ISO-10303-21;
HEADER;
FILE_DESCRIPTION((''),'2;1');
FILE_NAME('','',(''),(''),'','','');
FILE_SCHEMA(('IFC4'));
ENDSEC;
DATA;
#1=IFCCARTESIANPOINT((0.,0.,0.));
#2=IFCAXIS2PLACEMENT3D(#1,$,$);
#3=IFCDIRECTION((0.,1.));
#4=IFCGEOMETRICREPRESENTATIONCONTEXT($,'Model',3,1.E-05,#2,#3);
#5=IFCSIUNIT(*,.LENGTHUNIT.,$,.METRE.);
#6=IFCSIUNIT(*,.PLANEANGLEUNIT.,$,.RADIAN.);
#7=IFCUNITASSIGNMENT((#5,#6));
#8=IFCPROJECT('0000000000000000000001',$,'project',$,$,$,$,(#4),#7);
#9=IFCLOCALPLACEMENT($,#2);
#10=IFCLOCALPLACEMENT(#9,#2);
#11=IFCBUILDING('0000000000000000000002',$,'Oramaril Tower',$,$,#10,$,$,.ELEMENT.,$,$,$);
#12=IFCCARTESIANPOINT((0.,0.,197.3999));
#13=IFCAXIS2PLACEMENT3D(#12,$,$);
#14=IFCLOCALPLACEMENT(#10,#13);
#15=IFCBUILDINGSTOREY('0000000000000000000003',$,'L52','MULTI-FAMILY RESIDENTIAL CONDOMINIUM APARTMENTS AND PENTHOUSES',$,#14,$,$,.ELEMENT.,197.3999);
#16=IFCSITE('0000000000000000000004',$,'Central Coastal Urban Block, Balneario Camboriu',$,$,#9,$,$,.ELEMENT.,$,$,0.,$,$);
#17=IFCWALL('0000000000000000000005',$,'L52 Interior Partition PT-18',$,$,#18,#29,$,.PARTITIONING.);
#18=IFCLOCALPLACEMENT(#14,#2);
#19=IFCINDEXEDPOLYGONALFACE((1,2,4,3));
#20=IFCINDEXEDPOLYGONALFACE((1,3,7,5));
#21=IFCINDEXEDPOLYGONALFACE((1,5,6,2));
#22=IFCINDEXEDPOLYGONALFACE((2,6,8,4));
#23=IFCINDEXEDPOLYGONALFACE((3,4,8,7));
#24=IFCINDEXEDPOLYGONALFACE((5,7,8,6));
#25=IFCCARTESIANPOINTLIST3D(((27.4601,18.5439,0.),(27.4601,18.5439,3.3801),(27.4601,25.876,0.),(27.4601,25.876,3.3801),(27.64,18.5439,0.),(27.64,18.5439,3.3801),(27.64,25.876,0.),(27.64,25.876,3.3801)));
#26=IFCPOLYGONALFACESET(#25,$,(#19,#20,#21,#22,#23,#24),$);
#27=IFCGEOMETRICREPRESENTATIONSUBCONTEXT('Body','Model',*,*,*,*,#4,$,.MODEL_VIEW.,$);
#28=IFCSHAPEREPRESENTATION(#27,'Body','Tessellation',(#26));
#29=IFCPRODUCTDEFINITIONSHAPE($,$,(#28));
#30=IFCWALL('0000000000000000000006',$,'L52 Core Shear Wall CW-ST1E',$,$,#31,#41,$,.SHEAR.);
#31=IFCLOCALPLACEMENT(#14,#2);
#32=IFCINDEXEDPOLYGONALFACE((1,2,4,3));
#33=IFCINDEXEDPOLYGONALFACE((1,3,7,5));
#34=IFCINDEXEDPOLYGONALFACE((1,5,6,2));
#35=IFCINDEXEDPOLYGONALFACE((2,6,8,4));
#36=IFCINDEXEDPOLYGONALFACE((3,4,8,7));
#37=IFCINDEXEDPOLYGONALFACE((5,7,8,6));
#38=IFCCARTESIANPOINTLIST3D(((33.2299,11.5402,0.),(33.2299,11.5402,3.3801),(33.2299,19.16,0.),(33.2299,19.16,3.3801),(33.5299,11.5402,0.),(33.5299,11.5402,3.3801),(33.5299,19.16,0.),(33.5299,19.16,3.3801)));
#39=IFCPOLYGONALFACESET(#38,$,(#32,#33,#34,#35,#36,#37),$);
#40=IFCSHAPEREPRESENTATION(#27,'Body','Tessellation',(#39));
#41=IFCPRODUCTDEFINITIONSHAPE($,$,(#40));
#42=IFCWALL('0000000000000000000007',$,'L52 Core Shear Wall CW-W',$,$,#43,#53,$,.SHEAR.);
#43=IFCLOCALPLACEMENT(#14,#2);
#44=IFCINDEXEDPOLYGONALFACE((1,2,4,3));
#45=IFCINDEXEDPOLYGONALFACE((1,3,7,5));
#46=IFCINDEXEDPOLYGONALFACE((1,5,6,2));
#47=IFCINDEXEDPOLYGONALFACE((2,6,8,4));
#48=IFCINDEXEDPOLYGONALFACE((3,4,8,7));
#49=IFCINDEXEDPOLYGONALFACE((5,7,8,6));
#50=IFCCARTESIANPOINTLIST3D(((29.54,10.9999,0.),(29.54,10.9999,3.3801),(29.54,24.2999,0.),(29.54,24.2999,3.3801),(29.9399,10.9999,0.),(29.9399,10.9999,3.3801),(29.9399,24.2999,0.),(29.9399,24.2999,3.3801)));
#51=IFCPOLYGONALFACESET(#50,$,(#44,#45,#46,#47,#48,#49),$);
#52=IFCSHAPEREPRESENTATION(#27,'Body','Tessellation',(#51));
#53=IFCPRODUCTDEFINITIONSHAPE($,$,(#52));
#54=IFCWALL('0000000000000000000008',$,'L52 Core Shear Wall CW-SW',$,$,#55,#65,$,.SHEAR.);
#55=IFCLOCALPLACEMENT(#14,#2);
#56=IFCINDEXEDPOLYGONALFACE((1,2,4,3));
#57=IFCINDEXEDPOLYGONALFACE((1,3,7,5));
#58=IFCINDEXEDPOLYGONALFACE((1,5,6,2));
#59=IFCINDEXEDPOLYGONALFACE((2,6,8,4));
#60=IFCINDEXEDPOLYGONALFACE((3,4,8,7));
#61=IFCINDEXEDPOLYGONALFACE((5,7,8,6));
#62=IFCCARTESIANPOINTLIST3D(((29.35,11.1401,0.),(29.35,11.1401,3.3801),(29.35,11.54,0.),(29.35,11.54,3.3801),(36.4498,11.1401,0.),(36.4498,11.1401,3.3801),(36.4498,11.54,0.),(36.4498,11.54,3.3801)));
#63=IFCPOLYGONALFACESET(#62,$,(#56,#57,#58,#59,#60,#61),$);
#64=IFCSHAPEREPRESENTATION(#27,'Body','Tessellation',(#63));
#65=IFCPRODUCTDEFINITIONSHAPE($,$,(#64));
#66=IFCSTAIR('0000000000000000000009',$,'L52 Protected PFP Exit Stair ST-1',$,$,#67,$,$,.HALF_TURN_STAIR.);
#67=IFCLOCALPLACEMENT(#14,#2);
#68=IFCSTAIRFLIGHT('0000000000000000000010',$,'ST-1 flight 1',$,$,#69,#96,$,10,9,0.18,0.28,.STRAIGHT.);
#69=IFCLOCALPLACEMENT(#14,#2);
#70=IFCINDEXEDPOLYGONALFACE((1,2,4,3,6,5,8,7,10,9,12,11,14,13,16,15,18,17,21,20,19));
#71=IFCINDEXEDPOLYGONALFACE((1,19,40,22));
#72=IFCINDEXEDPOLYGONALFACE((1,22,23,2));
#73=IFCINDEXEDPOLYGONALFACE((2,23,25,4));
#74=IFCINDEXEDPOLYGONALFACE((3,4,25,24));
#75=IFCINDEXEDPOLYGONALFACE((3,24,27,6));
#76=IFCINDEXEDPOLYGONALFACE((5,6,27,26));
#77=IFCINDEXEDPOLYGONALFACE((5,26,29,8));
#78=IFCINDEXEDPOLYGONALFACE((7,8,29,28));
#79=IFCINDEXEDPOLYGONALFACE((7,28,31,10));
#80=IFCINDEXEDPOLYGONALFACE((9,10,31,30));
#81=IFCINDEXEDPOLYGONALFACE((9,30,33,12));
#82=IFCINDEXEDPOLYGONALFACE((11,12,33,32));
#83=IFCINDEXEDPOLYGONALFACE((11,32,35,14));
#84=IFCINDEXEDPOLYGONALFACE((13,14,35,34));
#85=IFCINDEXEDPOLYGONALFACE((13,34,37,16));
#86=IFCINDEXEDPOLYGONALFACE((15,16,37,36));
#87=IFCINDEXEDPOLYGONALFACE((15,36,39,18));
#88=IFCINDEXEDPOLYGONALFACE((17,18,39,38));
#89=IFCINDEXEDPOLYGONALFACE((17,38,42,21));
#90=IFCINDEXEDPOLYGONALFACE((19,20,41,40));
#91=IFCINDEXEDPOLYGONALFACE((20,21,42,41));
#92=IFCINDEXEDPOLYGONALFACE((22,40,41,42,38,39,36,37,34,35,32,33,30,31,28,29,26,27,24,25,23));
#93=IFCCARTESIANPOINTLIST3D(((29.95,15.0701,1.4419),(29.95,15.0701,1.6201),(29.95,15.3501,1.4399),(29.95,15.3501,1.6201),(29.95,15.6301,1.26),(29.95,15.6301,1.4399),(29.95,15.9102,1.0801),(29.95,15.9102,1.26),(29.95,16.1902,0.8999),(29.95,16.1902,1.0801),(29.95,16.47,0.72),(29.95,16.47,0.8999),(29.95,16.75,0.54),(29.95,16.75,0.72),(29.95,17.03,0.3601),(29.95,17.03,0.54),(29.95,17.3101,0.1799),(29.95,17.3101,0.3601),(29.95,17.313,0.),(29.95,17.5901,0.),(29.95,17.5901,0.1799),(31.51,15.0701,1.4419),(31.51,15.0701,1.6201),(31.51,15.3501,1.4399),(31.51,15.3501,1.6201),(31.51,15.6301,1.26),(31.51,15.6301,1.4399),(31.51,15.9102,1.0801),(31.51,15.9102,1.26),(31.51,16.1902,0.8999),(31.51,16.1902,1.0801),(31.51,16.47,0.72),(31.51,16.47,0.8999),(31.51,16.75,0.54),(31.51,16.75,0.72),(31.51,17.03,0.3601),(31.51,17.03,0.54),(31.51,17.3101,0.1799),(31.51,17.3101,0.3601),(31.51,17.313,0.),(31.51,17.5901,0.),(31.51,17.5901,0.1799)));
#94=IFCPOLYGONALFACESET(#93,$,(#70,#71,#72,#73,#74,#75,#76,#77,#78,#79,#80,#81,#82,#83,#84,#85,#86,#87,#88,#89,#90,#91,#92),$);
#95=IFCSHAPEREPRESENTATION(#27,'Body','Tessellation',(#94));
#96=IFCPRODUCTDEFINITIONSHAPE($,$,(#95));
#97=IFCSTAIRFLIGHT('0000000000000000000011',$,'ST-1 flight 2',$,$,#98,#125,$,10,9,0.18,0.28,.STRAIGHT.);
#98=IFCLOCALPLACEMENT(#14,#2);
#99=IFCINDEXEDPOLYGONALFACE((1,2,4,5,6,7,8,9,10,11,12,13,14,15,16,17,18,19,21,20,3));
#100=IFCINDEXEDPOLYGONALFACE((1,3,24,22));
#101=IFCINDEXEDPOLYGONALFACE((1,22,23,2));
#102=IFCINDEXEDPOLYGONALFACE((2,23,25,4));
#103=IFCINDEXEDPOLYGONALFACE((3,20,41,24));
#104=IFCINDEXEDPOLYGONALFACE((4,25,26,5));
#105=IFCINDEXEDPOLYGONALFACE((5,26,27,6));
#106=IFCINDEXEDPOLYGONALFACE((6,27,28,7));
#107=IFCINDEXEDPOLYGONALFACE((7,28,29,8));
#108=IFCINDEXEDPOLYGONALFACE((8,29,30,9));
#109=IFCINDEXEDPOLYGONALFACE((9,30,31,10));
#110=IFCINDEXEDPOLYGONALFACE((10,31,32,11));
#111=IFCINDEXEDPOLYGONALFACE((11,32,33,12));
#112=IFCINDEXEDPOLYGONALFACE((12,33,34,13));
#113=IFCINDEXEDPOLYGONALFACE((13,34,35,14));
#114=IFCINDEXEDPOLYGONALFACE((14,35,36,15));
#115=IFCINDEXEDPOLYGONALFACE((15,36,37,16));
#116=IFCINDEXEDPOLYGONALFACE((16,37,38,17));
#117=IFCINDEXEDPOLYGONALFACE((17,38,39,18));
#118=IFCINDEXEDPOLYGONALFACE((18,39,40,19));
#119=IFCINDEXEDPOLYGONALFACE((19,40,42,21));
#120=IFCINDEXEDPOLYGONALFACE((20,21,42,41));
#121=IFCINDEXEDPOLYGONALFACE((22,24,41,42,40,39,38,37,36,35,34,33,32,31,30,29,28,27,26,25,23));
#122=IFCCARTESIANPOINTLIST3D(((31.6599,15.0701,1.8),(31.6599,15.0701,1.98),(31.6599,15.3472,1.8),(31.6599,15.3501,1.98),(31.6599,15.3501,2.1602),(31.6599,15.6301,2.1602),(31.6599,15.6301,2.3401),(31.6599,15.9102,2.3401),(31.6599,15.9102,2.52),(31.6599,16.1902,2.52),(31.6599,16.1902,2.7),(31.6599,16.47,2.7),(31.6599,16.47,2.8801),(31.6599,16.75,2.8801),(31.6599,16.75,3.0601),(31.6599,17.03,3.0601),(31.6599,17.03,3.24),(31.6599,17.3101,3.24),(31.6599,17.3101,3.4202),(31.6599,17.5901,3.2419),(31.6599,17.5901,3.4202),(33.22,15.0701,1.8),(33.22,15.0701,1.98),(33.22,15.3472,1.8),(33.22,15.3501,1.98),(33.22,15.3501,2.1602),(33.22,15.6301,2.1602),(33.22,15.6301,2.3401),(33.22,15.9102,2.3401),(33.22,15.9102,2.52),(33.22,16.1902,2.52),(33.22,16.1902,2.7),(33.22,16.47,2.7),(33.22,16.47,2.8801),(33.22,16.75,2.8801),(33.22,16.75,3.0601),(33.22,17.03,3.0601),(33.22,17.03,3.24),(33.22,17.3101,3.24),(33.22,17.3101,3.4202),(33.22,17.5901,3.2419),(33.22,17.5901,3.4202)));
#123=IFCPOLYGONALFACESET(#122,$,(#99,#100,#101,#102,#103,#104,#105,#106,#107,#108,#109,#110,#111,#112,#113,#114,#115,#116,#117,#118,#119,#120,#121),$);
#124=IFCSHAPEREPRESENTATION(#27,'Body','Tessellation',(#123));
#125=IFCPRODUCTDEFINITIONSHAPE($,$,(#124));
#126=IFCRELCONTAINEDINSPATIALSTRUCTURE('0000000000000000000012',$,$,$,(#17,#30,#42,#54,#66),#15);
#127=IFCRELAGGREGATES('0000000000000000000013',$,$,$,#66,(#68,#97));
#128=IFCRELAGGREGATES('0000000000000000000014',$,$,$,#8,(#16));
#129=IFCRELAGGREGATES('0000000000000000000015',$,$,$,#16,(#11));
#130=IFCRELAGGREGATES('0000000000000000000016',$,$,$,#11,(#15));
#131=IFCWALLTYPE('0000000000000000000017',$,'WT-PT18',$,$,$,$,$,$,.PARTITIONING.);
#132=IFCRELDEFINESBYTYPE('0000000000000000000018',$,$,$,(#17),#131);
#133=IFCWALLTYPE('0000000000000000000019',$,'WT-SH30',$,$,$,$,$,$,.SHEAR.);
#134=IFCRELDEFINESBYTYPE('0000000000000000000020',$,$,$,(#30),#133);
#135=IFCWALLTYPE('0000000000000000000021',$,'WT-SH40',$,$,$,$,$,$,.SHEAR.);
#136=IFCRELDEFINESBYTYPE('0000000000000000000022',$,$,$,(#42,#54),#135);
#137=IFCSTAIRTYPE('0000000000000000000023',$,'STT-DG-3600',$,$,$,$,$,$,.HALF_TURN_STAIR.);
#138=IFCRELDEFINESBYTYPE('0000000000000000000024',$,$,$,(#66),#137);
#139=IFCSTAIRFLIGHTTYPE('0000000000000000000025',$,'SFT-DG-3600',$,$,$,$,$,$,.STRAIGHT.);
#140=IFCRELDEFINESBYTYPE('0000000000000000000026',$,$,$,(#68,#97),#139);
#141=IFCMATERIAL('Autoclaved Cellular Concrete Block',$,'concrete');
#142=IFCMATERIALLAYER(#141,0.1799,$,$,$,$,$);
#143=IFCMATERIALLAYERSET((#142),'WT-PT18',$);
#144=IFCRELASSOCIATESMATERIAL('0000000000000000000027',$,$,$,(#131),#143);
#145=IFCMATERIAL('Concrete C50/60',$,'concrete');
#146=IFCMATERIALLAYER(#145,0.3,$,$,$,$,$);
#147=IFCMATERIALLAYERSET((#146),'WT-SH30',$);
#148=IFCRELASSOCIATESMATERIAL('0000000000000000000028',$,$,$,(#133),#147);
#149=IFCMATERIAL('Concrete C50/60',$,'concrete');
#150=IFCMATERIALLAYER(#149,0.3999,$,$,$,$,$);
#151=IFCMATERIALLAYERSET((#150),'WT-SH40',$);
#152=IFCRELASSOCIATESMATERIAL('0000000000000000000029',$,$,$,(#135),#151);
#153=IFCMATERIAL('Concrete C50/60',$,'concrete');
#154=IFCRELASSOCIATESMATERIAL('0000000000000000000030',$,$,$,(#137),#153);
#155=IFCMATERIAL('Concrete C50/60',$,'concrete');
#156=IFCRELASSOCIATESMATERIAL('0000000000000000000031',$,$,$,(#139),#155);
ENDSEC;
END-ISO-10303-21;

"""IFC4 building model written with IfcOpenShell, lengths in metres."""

from ifc_helpers import new_model, si_unit, direction, frame, frame_2d, origin, place, context, subcontext, project, spatial, polyline, rectangle, outline, extrude, material, layer, layer_set, type_object, element, aggregate, save


model = new_model("IFC4")

# Units and contexts
model_context = context("Model", 3, precision=1e-05, world=origin(), true_north=direction((0.0, 1.0)))
body_context = subcontext(model_context, "Body", "Model", "MODEL_VIEW")
ifc_project = project(units=[si_unit("LENGTHUNIT", "METRE"), si_unit("PLANEANGLEUNIT", "RADIAN")], contexts=[model_context])

# Site, building, storey
site_placement = place(None, origin())
site = spatial("IfcSite", under=ifc_project, at=site_placement, Name="Central Coastal Urban Block, Balneario Camboriu", CompositionType="ELEMENT", RefElevation=0.0)
building_placement = place(site_placement, origin())
building = spatial("IfcBuilding", under=site, at=building_placement, Name="Oramaril Tower", CompositionType="ELEMENT")
storey_placement = place(building_placement, frame((0.0, 0.0, 197.3999)))
storey = spatial("IfcBuildingStorey", under=building, at=storey_placement, Name="L52", Description="MULTI-FAMILY RESIDENTIAL CONDOMINIUM APARTMENTS AND PENTHOUSES", CompositionType="ELEMENT", Elevation=197.3999)

# Shared definitions
ifc_material_1 = material(Name="Autoclaved Cellular Concrete Block", Category="concrete")
ifc_layer_1 = layer(ifc_material_1, 0.1799)
ifc_layer_set_1 = layer_set([ifc_layer_1], Name="WT-PT18")
wall_type_1 = type_object("IfcWallType", Name="WT-PT18", PredefinedType="PARTITIONING", material=ifc_layer_set_1)

# Wall
wall_1_placement = place(storey_placement, frame((27.55, 18.5439, 0.0), z_axis=(0.0, 0.0, 1.0), x_axis=(0.0, 1.0, 0.0)))
element("IfcWall", 1, at=wall_1_placement, inside=storey, type_object=wall_type_1, Name="L52 Interior Partition PT-18", PredefinedType="PARTITIONING", context=body_context, shape_type="SweptSolid", body=[
    extrude(rectangle(XDim=7.332, YDim=0.1799, at=frame_2d((3.666, 0.0))), origin(), (0.0, 0.0, 1.0), 3.3801),
])

# Shared definitions
ifc_material_2 = material(Name="Concrete C50/60", Category="concrete")
ifc_layer_2 = layer(ifc_material_2, 0.3)
ifc_layer_set_2 = layer_set([ifc_layer_2], Name="WT-SH30")
wall_type_2 = type_object("IfcWallType", Name="WT-SH30", PredefinedType="SHEAR", material=ifc_layer_set_2)

# Walls
wall_2_placement = place(storey_placement, frame((33.3799, 11.54, 0.0), z_axis=(0.0, 0.0, 1.0), x_axis=(0.0, 1.0, 0.0)))
element("IfcWall", 2, at=wall_2_placement, inside=storey, type_object=wall_type_2, Name="L52 Core Shear Wall CW-ST1E", PredefinedType="SHEAR", context=body_context, shape_type="SweptSolid", body=[
    extrude(rectangle(XDim=7.6199, YDim=0.3, at=frame_2d((3.8101, 0.0))), origin(), (0.0, 0.0, 1.0), 3.3801),
])
ifc_material_3 = material(Name="Concrete C50/60", Category="concrete")
ifc_layer_3 = layer(ifc_material_3, 0.3999)
ifc_layer_set_3 = layer_set([ifc_layer_3], Name="WT-SH40")
wall_type_3 = type_object("IfcWallType", Name="WT-SH40", PredefinedType="SHEAR", material=ifc_layer_set_3)
wall_3_placement = place(storey_placement, frame((29.74, 11.0, 0.0), z_axis=(0.0, 0.0, 1.0), x_axis=(0.0, 1.0, 0.0)))
element("IfcWall", 3, at=wall_3_placement, inside=storey, type_object=wall_type_3, Name="L52 Core Shear Wall CW-W", PredefinedType="SHEAR", context=body_context, shape_type="SweptSolid", body=[
    extrude(rectangle(XDim=13.3, YDim=0.3999, at=frame_2d((6.6499, 0.0))), origin(), (0.0, 0.0, 1.0), 3.3801),
])
wall_4_placement = place(storey_placement, frame((29.3501, 11.3401, 0.0), z_axis=(0.0, 0.0, 1.0), x_axis=(1.0, 0.0, 0.0)))
element("IfcWall", 4, at=wall_4_placement, inside=storey, type_object=wall_type_3, Name="L52 Core Shear Wall CW-SW", PredefinedType="SHEAR", context=body_context, shape_type="SweptSolid", body=[
    extrude(rectangle(XDim=7.0999, YDim=0.3999, at=frame_2d((3.5498, 0.0))), origin(), (0.0, 0.0, 1.0), 3.3801),
])

# Stair, stair flights
ifc_material_4 = material(Name="Concrete C50/60", Category="concrete")
stair_type = type_object("IfcStairType", Name="STT-DG-3600", PredefinedType="HALF_TURN_STAIR", material=ifc_material_4)
stair_placement = place(storey_placement, origin())
stair = element("IfcStair", 5, at=stair_placement, inside=storey, type_object=stair_type, Name="L52 Protected PFP Exit Stair ST-1", PredefinedType="HALF_TURN_STAIR")
ifc_material_5 = material(Name="Concrete C50/60", Category="concrete")
stair_flight_type = type_object("IfcStairFlightType", Name="SFT-DG-3600", PredefinedType="STRAIGHT", material=ifc_material_5)
stair_flight_1_placement = place(storey_placement, frame((30.73, 17.5901, 0.0), z_axis=(0.0, 0.0, 1.0), x_axis=(0.0, -1.0, 0.0)))
stair_flight_1 = element("IfcStairFlight", 6, at=stair_flight_1_placement, type_object=stair_flight_type, Name="ST-1 flight 1", NumberOfRisers=10, NumberOfTreads=9, PredefinedType="STRAIGHT", RiserHeight=0.18, TreadLength=0.28, context=body_context, shape_type="SweptSolid", body=[
    extrude(outline(polyline([(0.0, 0.0), (0.0, 0.1799), (0.28, 0.1799), (0.28, 0.3601), (0.5601, 0.3601), (0.5601, 0.54), (0.8401, 0.54), (0.8401, 0.72), (1.1201, 0.72), (1.1201, 0.8999), (1.3999, 0.8999), (1.3999, 1.0801), (1.6799, 1.0801), (1.6799, 1.26), (1.96, 1.26), (1.96, 1.4399), (2.24, 1.4399), (2.24, 1.6201), (2.52, 1.6201), (2.52, 1.8), (2.52, 1.4419), (0.2771, 0.0), (0.0, 0.0)])), frame((0.0, 0.78, 0.0), z_axis=(0.0, -1.0, 0.0), x_axis=(1.0, 0.0, 0.0)), (0.0, 0.0, 1.0), 1.5601),
])
stair_flight_2_placement = place(storey_placement, frame((32.4399, 15.0701, 1.8), z_axis=(0.0, 0.0, 1.0), x_axis=(0.0, 1.0, 0.0)))
stair_flight_2 = element("IfcStairFlight", 7, at=stair_flight_2_placement, type_object=stair_flight_type, Name="ST-1 flight 2", NumberOfRisers=10, NumberOfTreads=9, PredefinedType="STRAIGHT", RiserHeight=0.18, TreadLength=0.28, context=body_context, shape_type="SweptSolid", body=[
    extrude(outline(polyline([(0.0, 0.0), (0.0, 0.1799), (0.28, 0.1799), (0.28, 0.3601), (0.5601, 0.3601), (0.5601, 0.54), (0.8401, 0.54), (0.8401, 0.72), (1.1201, 0.72), (1.1201, 0.8999), (1.3999, 0.8999), (1.3999, 1.0801), (1.6799, 1.0801), (1.6799, 1.26), (1.96, 1.26), (1.96, 1.4399), (2.24, 1.4399), (2.24, 1.6201), (2.52, 1.6201), (2.52, 1.8), (2.52, 1.4419), (0.2771, 0.0), (0.0, 0.0)])), frame((0.0, 0.78, 0.0), z_axis=(0.0, -1.0, 0.0), x_axis=(1.0, 0.0, 0.0)), (0.0, 0.0, 1.0), 1.5601),
])
aggregate(stair, [stair_flight_1, stair_flight_2])

save(model, "model.ifc")
